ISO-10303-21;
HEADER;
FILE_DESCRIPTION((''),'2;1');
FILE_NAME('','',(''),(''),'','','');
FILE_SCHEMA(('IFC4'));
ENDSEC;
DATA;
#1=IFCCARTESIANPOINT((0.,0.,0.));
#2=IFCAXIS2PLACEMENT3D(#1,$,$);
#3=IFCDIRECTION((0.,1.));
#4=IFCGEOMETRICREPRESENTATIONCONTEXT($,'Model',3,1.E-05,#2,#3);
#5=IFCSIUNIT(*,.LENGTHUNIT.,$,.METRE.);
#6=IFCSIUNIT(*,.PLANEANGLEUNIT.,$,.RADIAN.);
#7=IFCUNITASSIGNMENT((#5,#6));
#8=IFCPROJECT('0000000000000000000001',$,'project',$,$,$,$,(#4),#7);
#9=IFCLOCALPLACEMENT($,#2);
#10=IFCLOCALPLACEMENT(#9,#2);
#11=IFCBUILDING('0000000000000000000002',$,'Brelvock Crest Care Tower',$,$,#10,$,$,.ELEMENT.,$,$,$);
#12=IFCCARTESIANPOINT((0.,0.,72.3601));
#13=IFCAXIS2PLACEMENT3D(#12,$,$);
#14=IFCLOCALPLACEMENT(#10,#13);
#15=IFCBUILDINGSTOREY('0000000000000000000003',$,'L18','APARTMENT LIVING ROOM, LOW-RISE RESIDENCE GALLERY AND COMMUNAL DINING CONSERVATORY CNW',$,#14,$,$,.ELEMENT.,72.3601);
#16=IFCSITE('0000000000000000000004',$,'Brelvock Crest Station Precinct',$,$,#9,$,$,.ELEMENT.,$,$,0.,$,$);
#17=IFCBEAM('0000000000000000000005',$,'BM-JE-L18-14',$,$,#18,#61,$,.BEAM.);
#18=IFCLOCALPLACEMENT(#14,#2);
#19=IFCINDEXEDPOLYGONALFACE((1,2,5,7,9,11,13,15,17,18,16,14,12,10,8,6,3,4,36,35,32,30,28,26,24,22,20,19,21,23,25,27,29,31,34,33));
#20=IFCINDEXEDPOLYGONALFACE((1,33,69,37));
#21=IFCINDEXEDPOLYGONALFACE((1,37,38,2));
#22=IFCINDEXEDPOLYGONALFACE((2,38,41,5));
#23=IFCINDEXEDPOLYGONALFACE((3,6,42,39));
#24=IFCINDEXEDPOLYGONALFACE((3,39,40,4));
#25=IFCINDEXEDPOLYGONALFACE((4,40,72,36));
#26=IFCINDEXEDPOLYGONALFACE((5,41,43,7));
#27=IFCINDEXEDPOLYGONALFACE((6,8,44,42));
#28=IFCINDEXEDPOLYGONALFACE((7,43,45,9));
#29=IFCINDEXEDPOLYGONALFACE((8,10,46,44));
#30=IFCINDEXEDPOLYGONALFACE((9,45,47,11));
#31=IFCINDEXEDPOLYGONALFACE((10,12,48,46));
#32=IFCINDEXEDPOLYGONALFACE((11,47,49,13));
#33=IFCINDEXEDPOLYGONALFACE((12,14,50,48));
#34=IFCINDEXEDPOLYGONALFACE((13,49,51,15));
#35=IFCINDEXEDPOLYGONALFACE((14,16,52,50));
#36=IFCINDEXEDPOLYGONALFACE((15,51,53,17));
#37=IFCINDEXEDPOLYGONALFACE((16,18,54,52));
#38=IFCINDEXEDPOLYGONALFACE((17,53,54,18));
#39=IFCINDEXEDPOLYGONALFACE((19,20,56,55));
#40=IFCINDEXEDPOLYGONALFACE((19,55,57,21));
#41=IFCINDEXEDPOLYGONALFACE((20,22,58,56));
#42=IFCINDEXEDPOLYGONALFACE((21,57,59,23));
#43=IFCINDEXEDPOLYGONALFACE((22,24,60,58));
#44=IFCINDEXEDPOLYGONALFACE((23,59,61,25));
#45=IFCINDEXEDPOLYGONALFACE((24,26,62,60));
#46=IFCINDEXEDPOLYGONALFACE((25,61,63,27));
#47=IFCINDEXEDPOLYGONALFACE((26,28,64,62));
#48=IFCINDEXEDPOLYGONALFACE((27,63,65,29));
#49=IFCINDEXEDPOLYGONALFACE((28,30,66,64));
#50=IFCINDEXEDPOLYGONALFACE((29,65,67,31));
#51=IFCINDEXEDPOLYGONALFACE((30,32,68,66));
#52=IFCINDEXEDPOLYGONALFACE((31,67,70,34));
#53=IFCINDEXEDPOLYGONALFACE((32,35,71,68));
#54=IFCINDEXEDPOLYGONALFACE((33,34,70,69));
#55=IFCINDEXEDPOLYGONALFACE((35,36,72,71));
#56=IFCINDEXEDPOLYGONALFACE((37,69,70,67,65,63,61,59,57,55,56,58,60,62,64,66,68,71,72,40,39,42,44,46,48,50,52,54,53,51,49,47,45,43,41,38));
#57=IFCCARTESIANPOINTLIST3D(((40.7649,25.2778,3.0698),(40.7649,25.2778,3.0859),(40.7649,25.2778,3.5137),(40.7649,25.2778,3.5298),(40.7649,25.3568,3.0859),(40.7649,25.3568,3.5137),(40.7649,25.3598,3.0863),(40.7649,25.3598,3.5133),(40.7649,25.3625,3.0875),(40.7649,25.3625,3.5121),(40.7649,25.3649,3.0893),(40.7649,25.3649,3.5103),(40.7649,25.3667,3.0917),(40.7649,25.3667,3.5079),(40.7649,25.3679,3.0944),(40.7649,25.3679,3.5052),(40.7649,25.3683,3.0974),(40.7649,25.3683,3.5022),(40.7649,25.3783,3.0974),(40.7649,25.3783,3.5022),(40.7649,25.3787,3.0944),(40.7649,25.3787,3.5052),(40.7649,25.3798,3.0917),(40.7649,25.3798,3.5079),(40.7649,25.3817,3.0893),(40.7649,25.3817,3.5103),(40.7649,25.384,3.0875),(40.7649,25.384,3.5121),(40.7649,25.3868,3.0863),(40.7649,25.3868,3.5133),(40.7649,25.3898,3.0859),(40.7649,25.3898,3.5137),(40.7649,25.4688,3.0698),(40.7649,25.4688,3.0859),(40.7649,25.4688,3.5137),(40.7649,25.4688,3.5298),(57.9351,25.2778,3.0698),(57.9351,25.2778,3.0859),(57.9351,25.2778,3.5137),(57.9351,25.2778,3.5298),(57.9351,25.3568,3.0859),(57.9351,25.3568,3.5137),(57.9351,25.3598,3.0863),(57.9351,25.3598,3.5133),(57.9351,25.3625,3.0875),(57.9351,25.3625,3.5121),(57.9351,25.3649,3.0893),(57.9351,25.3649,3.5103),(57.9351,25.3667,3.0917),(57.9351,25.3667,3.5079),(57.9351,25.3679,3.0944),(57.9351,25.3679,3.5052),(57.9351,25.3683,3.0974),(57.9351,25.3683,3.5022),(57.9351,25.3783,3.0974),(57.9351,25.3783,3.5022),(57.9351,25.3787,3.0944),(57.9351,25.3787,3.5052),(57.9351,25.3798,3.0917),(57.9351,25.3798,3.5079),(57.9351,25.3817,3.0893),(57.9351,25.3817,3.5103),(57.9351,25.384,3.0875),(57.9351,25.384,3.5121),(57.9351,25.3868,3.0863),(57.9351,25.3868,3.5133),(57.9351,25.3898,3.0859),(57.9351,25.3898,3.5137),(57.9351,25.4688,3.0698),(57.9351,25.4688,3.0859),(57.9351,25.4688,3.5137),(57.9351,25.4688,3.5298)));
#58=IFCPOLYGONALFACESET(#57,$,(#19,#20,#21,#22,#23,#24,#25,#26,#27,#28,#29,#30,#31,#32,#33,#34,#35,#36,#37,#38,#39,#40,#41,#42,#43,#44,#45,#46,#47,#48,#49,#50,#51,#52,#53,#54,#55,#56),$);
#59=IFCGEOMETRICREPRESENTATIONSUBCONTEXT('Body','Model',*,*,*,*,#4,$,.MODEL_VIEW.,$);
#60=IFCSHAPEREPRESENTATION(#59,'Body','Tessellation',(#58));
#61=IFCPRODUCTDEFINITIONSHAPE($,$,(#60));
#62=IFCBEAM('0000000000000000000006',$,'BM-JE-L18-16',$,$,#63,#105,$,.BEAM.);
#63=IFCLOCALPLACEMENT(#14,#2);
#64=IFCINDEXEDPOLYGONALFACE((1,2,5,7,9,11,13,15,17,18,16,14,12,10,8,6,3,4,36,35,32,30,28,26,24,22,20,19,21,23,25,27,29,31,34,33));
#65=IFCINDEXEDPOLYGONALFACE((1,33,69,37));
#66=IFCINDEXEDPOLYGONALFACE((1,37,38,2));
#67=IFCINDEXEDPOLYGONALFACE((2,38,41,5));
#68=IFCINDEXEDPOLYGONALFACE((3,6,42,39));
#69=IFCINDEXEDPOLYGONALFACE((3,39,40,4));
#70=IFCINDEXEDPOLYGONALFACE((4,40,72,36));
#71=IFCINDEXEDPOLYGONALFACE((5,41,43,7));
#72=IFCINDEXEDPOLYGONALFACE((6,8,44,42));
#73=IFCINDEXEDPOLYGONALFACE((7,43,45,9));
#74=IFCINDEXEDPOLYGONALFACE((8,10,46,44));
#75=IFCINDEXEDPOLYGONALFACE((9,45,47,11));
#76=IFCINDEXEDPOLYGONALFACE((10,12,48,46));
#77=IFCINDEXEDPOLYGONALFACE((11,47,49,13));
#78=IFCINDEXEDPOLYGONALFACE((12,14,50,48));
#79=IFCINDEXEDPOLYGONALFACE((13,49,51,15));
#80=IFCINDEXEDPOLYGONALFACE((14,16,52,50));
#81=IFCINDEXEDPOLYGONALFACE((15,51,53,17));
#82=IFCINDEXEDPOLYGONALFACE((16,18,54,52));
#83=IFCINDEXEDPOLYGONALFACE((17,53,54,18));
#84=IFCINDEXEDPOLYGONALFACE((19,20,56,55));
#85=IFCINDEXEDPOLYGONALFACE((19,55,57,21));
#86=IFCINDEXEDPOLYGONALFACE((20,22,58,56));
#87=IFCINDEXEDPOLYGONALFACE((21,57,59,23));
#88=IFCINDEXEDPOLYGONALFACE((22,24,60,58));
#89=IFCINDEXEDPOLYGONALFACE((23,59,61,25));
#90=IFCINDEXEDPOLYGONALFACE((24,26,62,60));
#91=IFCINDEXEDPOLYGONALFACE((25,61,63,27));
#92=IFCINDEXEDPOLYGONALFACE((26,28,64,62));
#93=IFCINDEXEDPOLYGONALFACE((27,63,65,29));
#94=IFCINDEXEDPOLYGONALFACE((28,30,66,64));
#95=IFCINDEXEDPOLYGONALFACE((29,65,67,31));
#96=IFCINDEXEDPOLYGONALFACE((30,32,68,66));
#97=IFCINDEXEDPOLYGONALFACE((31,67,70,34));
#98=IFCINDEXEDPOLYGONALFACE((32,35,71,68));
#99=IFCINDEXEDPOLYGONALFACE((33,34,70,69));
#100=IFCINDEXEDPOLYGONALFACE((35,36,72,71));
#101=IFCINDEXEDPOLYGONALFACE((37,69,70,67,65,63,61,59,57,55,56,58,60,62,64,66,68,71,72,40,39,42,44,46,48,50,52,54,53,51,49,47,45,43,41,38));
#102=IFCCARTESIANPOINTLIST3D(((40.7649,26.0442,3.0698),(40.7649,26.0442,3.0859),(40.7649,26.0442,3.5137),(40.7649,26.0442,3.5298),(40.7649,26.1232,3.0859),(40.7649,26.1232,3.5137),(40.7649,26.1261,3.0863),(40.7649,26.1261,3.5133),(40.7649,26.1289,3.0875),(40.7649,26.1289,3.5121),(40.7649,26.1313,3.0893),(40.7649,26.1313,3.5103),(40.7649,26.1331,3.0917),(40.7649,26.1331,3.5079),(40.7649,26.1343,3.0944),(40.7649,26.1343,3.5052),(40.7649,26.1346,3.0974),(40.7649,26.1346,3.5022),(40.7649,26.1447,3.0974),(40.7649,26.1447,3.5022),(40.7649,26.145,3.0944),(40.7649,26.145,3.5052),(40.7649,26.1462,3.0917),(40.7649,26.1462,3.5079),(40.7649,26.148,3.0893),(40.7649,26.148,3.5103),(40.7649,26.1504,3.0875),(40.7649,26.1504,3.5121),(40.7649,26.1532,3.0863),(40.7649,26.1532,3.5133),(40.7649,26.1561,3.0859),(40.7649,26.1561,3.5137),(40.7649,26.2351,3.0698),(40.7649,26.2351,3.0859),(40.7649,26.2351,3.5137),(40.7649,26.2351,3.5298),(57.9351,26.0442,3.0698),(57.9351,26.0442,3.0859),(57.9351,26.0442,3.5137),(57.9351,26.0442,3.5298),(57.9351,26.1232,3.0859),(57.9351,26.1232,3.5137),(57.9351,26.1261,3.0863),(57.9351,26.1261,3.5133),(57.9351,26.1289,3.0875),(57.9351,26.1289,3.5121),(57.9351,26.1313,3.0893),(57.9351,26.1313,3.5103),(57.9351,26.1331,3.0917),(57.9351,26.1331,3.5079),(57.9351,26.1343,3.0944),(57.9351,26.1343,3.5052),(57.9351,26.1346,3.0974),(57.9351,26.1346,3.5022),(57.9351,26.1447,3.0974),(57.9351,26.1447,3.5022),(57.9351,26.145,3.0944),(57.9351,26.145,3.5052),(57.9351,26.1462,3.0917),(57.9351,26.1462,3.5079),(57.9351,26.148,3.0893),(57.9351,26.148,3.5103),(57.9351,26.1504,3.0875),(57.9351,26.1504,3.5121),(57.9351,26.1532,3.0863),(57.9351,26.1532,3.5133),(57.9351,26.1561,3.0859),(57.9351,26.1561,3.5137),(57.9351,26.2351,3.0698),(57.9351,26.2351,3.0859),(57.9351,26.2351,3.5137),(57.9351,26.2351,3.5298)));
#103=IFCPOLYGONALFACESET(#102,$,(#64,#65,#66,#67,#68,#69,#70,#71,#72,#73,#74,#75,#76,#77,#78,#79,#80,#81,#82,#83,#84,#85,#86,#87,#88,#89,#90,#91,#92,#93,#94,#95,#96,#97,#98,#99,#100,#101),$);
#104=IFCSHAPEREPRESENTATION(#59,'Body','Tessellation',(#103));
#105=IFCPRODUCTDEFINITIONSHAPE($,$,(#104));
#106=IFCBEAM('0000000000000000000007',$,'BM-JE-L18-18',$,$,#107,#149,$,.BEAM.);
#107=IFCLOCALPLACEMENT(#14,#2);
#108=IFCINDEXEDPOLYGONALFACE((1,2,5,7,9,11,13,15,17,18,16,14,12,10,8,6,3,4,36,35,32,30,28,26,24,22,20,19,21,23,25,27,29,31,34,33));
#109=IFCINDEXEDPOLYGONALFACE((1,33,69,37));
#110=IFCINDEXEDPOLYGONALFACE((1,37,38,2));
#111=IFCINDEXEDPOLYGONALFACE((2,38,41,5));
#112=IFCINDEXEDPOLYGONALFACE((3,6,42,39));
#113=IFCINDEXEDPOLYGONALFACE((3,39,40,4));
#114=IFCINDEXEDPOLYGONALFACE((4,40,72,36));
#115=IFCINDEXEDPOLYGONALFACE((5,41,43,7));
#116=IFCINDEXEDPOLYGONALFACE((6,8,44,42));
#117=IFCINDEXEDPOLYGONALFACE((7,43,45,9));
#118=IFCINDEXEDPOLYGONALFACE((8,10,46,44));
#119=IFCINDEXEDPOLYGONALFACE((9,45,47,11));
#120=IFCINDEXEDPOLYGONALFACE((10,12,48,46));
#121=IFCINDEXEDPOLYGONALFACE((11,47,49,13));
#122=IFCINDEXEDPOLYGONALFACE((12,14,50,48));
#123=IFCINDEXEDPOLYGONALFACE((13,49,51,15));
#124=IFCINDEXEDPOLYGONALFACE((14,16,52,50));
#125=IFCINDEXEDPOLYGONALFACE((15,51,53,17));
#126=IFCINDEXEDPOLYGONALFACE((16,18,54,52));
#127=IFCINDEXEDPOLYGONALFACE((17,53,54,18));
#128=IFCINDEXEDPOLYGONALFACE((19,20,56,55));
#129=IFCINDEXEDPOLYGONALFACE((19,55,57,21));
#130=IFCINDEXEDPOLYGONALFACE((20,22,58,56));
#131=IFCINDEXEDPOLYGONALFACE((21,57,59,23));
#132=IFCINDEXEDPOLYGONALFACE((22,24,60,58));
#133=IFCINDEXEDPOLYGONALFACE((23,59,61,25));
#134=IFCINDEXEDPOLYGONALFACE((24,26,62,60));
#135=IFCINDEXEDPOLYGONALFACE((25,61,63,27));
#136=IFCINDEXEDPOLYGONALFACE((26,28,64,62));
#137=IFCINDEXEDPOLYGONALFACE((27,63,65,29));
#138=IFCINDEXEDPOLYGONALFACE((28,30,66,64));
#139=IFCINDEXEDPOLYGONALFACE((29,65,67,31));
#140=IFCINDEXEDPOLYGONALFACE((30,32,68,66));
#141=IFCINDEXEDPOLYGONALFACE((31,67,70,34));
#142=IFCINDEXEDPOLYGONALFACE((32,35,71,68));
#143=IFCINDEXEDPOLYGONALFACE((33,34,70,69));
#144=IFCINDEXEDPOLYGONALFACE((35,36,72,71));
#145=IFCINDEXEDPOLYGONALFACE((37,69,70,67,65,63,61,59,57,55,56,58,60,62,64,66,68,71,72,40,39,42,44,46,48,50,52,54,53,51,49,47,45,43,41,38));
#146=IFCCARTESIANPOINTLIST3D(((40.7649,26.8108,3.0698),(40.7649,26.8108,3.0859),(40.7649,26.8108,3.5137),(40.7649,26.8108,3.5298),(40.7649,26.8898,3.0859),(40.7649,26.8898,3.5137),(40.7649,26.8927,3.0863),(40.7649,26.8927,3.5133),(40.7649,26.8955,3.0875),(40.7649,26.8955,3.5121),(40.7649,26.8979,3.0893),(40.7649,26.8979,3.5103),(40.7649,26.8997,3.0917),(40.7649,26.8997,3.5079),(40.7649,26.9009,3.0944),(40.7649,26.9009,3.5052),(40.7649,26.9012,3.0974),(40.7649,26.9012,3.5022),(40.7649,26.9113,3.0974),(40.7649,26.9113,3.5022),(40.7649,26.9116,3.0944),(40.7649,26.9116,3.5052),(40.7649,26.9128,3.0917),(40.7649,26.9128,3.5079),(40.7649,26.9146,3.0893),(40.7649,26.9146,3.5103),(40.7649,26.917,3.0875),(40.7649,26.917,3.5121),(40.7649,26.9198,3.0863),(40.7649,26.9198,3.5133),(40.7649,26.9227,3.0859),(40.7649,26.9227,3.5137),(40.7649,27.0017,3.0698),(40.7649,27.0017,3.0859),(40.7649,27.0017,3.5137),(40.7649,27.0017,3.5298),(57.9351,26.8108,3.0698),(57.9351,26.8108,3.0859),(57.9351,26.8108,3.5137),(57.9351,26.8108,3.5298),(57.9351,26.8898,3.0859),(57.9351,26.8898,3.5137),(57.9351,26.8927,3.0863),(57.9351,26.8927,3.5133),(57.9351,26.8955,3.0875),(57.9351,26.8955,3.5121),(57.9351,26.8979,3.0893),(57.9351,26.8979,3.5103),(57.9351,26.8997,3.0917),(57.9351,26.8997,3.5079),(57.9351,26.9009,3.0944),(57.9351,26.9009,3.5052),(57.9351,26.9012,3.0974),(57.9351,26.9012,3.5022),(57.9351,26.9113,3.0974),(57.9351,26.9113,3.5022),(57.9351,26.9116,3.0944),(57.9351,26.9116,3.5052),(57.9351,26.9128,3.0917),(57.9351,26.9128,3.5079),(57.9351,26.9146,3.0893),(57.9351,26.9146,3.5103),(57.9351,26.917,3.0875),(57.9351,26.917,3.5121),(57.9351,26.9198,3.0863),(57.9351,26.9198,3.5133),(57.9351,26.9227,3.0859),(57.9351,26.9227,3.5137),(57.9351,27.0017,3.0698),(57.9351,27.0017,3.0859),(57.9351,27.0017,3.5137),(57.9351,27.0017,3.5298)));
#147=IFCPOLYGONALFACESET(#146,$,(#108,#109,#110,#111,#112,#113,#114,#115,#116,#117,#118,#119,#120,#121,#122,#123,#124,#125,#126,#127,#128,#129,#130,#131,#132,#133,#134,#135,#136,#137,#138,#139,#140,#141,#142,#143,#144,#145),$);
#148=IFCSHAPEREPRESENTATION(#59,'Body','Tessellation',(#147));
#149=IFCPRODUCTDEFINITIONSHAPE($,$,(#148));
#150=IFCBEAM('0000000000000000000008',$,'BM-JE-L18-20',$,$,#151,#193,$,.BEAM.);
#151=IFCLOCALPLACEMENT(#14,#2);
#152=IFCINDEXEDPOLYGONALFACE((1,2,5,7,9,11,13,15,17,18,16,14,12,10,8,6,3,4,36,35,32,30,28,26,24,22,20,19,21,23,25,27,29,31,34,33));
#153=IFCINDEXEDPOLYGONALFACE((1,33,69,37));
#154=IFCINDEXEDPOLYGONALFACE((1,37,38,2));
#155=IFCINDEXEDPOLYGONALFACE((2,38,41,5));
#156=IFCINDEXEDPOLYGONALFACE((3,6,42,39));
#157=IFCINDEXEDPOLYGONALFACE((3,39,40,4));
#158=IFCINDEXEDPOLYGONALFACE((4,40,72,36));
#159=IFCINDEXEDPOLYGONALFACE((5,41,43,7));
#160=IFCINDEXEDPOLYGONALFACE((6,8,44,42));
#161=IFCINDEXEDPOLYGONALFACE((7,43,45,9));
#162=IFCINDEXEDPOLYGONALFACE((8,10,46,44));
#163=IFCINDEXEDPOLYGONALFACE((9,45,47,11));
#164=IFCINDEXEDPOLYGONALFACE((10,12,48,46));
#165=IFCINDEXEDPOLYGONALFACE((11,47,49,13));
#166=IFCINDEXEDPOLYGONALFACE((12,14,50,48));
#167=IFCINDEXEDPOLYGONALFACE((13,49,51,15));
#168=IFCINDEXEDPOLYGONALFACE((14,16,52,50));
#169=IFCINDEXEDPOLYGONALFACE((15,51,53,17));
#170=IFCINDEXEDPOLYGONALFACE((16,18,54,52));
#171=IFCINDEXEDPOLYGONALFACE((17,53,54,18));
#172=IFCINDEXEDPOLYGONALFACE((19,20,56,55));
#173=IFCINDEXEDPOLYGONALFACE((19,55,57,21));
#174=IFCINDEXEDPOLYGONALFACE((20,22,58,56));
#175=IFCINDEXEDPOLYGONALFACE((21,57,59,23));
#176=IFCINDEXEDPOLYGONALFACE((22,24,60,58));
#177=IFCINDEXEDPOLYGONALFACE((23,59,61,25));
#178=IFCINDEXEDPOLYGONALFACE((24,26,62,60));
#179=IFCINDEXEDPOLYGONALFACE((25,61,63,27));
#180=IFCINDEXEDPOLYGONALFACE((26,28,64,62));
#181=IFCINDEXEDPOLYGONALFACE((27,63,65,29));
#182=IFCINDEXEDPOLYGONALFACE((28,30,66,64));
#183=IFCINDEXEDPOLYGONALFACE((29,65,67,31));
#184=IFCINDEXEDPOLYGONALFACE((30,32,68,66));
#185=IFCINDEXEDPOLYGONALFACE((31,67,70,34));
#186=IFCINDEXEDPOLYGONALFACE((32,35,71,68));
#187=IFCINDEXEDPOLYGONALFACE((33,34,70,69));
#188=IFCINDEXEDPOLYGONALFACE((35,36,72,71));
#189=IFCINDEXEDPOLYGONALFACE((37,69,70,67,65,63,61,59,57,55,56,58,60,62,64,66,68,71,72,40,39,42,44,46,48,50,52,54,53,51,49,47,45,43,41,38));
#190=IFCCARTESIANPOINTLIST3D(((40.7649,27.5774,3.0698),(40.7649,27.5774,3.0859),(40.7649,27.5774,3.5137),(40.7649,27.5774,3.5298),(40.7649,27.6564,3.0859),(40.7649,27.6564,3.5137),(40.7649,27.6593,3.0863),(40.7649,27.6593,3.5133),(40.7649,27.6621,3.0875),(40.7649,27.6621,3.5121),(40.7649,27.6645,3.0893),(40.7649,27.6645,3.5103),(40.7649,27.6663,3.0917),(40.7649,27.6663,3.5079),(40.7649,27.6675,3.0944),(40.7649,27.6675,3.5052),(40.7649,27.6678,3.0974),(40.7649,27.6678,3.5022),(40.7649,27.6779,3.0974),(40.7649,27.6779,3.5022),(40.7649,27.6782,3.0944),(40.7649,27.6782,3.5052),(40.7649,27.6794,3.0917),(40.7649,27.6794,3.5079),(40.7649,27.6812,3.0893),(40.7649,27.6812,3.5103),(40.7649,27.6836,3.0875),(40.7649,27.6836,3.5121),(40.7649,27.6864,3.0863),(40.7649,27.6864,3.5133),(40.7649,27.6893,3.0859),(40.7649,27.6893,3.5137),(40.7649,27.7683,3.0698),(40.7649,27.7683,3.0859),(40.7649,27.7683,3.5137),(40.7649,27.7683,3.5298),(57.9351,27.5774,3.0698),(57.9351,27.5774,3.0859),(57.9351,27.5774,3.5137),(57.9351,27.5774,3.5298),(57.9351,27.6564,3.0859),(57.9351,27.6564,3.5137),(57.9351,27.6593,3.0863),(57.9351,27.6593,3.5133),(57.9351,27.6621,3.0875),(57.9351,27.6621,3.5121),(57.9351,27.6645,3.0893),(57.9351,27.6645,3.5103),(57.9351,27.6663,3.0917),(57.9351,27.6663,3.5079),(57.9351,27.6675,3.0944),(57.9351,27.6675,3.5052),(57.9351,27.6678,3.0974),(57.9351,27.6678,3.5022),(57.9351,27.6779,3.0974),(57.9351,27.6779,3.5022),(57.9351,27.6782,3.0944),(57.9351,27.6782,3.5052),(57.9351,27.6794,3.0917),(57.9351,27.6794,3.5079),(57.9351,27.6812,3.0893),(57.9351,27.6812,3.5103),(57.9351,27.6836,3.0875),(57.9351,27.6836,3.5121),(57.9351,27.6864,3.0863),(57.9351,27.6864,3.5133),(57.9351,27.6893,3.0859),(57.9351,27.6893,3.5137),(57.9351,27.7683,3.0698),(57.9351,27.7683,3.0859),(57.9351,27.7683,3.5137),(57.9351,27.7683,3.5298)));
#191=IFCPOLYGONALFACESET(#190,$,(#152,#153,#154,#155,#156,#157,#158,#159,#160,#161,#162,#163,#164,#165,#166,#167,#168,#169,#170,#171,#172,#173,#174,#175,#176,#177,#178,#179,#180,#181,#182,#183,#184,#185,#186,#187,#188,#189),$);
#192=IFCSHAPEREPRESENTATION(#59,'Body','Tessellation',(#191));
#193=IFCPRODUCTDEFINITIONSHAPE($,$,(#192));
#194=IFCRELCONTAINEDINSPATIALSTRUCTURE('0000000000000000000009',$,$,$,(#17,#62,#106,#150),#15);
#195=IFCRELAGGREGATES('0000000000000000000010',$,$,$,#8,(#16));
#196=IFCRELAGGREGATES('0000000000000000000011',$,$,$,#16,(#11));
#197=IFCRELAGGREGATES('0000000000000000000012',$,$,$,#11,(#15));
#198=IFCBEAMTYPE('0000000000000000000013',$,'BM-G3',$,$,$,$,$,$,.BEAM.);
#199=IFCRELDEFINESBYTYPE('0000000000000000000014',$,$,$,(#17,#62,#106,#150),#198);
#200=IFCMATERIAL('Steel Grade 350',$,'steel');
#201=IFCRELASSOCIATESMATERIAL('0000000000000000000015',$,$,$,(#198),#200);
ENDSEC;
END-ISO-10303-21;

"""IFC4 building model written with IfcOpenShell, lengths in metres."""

from ifc_helpers import new_model, si_unit, direction, frame, origin, origin_2d, place, context, subcontext, project, spatial, i_section, extrude, source, transform, mapped, material, material_profile, profile_set, type_object, element, save


model = new_model("IFC4")

# Units and contexts
model_context = context("Model", 3, precision=1e-05, world=origin(), true_north=direction((0.0, 1.0)))
body_context = subcontext(model_context, "Body", "Model", "MODEL_VIEW")
ifc_project = project(units=[si_unit("LENGTHUNIT", "METRE"), si_unit("PLANEANGLEUNIT", "RADIAN")], contexts=[model_context])

# Site, building, storey
site_placement = place(None, origin())
site = spatial("IfcSite", under=ifc_project, at=site_placement, Name="Brelvock Crest Station Precinct", CompositionType="ELEMENT", RefElevation=0.0)
building_placement = place(site_placement, origin())
building = spatial("IfcBuilding", under=site, at=building_placement, Name="Brelvock Crest Care Tower", CompositionType="ELEMENT")
storey_placement = place(building_placement, frame((0.0, 0.0, 72.3601)))
storey = spatial("IfcBuildingStorey", under=building, at=storey_placement, Name="L18", Description="APARTMENT LIVING ROOM, LOW-RISE RESIDENCE GALLERY AND COMMUNAL DINING CONSERVATORY CNW", CompositionType="ELEMENT", Elevation=72.3601)

# Beams
ifc_material_1 = material(Name="Steel Grade 350", Category="steel")
ifc_material_profile_1 = material_profile(ifc_material_1, i_section(OverallWidth=0.1909, OverallDepth=0.46, WebThickness=0.01, FlangeThickness=0.0161, FilletRadius=0.0115, at=origin_2d()), Name="460UB82.1")
ifc_profile_set_1 = profile_set([ifc_material_profile_1], Name="Steel Grade 350")
beam_type_1 = type_object("IfcBeamType", Name="BM-G3", PredefinedType="BEAM", material=ifc_profile_set_1)
shared_shape_1 = source(origin(), body_context, "Body", "SweptSolid", [
    extrude(i_section(OverallWidth=0.1909, OverallDepth=0.46, WebThickness=0.01, FlangeThickness=0.0161, FilletRadius=0.0115, at=origin_2d()), origin(), (0.0, 0.0, 1.0), 17.1702),
])
for number, where, z_axis, x_axis, name in (
    (1, (40.7649, 25.3733, 3.2998), (1.0, 0.0, 0.0), (0.0, 1.0, 0.0), "BM-JE-L18-14"),
    (2, (40.7649, 26.1396, 3.2998), (1.0, 0.0, 0.0), (0.0, 1.0, 0.0), "BM-JE-L18-16"),
    (3, (40.7649, 26.9062, 3.2998), (1.0, 0.0, 0.0), (0.0, 1.0, 0.0), "BM-JE-L18-18"),
    (4, (40.7649, 27.6729, 3.2998), (1.0, 0.0, 0.0), (0.0, 1.0, 0.0), "BM-JE-L18-20"),
):
    element("IfcBeam", number, at=place(storey_placement, frame(where, z_axis=z_axis, x_axis=x_axis)), inside=storey, type_object=beam_type_1, Name=name, PredefinedType="BEAM", context=body_context, shape_type="MappedRepresentation", body=[
        mapped(shared_shape_1, transform((0.0, 0.0, 0.0), x_axis=(1.0, 0.0, 0.0), y_axis=(0.0, 1.0, 0.0), z_axis=(0.0, 0.0, 1.0), scale=1.0)),
    ])

save(model, "model.ifc")
